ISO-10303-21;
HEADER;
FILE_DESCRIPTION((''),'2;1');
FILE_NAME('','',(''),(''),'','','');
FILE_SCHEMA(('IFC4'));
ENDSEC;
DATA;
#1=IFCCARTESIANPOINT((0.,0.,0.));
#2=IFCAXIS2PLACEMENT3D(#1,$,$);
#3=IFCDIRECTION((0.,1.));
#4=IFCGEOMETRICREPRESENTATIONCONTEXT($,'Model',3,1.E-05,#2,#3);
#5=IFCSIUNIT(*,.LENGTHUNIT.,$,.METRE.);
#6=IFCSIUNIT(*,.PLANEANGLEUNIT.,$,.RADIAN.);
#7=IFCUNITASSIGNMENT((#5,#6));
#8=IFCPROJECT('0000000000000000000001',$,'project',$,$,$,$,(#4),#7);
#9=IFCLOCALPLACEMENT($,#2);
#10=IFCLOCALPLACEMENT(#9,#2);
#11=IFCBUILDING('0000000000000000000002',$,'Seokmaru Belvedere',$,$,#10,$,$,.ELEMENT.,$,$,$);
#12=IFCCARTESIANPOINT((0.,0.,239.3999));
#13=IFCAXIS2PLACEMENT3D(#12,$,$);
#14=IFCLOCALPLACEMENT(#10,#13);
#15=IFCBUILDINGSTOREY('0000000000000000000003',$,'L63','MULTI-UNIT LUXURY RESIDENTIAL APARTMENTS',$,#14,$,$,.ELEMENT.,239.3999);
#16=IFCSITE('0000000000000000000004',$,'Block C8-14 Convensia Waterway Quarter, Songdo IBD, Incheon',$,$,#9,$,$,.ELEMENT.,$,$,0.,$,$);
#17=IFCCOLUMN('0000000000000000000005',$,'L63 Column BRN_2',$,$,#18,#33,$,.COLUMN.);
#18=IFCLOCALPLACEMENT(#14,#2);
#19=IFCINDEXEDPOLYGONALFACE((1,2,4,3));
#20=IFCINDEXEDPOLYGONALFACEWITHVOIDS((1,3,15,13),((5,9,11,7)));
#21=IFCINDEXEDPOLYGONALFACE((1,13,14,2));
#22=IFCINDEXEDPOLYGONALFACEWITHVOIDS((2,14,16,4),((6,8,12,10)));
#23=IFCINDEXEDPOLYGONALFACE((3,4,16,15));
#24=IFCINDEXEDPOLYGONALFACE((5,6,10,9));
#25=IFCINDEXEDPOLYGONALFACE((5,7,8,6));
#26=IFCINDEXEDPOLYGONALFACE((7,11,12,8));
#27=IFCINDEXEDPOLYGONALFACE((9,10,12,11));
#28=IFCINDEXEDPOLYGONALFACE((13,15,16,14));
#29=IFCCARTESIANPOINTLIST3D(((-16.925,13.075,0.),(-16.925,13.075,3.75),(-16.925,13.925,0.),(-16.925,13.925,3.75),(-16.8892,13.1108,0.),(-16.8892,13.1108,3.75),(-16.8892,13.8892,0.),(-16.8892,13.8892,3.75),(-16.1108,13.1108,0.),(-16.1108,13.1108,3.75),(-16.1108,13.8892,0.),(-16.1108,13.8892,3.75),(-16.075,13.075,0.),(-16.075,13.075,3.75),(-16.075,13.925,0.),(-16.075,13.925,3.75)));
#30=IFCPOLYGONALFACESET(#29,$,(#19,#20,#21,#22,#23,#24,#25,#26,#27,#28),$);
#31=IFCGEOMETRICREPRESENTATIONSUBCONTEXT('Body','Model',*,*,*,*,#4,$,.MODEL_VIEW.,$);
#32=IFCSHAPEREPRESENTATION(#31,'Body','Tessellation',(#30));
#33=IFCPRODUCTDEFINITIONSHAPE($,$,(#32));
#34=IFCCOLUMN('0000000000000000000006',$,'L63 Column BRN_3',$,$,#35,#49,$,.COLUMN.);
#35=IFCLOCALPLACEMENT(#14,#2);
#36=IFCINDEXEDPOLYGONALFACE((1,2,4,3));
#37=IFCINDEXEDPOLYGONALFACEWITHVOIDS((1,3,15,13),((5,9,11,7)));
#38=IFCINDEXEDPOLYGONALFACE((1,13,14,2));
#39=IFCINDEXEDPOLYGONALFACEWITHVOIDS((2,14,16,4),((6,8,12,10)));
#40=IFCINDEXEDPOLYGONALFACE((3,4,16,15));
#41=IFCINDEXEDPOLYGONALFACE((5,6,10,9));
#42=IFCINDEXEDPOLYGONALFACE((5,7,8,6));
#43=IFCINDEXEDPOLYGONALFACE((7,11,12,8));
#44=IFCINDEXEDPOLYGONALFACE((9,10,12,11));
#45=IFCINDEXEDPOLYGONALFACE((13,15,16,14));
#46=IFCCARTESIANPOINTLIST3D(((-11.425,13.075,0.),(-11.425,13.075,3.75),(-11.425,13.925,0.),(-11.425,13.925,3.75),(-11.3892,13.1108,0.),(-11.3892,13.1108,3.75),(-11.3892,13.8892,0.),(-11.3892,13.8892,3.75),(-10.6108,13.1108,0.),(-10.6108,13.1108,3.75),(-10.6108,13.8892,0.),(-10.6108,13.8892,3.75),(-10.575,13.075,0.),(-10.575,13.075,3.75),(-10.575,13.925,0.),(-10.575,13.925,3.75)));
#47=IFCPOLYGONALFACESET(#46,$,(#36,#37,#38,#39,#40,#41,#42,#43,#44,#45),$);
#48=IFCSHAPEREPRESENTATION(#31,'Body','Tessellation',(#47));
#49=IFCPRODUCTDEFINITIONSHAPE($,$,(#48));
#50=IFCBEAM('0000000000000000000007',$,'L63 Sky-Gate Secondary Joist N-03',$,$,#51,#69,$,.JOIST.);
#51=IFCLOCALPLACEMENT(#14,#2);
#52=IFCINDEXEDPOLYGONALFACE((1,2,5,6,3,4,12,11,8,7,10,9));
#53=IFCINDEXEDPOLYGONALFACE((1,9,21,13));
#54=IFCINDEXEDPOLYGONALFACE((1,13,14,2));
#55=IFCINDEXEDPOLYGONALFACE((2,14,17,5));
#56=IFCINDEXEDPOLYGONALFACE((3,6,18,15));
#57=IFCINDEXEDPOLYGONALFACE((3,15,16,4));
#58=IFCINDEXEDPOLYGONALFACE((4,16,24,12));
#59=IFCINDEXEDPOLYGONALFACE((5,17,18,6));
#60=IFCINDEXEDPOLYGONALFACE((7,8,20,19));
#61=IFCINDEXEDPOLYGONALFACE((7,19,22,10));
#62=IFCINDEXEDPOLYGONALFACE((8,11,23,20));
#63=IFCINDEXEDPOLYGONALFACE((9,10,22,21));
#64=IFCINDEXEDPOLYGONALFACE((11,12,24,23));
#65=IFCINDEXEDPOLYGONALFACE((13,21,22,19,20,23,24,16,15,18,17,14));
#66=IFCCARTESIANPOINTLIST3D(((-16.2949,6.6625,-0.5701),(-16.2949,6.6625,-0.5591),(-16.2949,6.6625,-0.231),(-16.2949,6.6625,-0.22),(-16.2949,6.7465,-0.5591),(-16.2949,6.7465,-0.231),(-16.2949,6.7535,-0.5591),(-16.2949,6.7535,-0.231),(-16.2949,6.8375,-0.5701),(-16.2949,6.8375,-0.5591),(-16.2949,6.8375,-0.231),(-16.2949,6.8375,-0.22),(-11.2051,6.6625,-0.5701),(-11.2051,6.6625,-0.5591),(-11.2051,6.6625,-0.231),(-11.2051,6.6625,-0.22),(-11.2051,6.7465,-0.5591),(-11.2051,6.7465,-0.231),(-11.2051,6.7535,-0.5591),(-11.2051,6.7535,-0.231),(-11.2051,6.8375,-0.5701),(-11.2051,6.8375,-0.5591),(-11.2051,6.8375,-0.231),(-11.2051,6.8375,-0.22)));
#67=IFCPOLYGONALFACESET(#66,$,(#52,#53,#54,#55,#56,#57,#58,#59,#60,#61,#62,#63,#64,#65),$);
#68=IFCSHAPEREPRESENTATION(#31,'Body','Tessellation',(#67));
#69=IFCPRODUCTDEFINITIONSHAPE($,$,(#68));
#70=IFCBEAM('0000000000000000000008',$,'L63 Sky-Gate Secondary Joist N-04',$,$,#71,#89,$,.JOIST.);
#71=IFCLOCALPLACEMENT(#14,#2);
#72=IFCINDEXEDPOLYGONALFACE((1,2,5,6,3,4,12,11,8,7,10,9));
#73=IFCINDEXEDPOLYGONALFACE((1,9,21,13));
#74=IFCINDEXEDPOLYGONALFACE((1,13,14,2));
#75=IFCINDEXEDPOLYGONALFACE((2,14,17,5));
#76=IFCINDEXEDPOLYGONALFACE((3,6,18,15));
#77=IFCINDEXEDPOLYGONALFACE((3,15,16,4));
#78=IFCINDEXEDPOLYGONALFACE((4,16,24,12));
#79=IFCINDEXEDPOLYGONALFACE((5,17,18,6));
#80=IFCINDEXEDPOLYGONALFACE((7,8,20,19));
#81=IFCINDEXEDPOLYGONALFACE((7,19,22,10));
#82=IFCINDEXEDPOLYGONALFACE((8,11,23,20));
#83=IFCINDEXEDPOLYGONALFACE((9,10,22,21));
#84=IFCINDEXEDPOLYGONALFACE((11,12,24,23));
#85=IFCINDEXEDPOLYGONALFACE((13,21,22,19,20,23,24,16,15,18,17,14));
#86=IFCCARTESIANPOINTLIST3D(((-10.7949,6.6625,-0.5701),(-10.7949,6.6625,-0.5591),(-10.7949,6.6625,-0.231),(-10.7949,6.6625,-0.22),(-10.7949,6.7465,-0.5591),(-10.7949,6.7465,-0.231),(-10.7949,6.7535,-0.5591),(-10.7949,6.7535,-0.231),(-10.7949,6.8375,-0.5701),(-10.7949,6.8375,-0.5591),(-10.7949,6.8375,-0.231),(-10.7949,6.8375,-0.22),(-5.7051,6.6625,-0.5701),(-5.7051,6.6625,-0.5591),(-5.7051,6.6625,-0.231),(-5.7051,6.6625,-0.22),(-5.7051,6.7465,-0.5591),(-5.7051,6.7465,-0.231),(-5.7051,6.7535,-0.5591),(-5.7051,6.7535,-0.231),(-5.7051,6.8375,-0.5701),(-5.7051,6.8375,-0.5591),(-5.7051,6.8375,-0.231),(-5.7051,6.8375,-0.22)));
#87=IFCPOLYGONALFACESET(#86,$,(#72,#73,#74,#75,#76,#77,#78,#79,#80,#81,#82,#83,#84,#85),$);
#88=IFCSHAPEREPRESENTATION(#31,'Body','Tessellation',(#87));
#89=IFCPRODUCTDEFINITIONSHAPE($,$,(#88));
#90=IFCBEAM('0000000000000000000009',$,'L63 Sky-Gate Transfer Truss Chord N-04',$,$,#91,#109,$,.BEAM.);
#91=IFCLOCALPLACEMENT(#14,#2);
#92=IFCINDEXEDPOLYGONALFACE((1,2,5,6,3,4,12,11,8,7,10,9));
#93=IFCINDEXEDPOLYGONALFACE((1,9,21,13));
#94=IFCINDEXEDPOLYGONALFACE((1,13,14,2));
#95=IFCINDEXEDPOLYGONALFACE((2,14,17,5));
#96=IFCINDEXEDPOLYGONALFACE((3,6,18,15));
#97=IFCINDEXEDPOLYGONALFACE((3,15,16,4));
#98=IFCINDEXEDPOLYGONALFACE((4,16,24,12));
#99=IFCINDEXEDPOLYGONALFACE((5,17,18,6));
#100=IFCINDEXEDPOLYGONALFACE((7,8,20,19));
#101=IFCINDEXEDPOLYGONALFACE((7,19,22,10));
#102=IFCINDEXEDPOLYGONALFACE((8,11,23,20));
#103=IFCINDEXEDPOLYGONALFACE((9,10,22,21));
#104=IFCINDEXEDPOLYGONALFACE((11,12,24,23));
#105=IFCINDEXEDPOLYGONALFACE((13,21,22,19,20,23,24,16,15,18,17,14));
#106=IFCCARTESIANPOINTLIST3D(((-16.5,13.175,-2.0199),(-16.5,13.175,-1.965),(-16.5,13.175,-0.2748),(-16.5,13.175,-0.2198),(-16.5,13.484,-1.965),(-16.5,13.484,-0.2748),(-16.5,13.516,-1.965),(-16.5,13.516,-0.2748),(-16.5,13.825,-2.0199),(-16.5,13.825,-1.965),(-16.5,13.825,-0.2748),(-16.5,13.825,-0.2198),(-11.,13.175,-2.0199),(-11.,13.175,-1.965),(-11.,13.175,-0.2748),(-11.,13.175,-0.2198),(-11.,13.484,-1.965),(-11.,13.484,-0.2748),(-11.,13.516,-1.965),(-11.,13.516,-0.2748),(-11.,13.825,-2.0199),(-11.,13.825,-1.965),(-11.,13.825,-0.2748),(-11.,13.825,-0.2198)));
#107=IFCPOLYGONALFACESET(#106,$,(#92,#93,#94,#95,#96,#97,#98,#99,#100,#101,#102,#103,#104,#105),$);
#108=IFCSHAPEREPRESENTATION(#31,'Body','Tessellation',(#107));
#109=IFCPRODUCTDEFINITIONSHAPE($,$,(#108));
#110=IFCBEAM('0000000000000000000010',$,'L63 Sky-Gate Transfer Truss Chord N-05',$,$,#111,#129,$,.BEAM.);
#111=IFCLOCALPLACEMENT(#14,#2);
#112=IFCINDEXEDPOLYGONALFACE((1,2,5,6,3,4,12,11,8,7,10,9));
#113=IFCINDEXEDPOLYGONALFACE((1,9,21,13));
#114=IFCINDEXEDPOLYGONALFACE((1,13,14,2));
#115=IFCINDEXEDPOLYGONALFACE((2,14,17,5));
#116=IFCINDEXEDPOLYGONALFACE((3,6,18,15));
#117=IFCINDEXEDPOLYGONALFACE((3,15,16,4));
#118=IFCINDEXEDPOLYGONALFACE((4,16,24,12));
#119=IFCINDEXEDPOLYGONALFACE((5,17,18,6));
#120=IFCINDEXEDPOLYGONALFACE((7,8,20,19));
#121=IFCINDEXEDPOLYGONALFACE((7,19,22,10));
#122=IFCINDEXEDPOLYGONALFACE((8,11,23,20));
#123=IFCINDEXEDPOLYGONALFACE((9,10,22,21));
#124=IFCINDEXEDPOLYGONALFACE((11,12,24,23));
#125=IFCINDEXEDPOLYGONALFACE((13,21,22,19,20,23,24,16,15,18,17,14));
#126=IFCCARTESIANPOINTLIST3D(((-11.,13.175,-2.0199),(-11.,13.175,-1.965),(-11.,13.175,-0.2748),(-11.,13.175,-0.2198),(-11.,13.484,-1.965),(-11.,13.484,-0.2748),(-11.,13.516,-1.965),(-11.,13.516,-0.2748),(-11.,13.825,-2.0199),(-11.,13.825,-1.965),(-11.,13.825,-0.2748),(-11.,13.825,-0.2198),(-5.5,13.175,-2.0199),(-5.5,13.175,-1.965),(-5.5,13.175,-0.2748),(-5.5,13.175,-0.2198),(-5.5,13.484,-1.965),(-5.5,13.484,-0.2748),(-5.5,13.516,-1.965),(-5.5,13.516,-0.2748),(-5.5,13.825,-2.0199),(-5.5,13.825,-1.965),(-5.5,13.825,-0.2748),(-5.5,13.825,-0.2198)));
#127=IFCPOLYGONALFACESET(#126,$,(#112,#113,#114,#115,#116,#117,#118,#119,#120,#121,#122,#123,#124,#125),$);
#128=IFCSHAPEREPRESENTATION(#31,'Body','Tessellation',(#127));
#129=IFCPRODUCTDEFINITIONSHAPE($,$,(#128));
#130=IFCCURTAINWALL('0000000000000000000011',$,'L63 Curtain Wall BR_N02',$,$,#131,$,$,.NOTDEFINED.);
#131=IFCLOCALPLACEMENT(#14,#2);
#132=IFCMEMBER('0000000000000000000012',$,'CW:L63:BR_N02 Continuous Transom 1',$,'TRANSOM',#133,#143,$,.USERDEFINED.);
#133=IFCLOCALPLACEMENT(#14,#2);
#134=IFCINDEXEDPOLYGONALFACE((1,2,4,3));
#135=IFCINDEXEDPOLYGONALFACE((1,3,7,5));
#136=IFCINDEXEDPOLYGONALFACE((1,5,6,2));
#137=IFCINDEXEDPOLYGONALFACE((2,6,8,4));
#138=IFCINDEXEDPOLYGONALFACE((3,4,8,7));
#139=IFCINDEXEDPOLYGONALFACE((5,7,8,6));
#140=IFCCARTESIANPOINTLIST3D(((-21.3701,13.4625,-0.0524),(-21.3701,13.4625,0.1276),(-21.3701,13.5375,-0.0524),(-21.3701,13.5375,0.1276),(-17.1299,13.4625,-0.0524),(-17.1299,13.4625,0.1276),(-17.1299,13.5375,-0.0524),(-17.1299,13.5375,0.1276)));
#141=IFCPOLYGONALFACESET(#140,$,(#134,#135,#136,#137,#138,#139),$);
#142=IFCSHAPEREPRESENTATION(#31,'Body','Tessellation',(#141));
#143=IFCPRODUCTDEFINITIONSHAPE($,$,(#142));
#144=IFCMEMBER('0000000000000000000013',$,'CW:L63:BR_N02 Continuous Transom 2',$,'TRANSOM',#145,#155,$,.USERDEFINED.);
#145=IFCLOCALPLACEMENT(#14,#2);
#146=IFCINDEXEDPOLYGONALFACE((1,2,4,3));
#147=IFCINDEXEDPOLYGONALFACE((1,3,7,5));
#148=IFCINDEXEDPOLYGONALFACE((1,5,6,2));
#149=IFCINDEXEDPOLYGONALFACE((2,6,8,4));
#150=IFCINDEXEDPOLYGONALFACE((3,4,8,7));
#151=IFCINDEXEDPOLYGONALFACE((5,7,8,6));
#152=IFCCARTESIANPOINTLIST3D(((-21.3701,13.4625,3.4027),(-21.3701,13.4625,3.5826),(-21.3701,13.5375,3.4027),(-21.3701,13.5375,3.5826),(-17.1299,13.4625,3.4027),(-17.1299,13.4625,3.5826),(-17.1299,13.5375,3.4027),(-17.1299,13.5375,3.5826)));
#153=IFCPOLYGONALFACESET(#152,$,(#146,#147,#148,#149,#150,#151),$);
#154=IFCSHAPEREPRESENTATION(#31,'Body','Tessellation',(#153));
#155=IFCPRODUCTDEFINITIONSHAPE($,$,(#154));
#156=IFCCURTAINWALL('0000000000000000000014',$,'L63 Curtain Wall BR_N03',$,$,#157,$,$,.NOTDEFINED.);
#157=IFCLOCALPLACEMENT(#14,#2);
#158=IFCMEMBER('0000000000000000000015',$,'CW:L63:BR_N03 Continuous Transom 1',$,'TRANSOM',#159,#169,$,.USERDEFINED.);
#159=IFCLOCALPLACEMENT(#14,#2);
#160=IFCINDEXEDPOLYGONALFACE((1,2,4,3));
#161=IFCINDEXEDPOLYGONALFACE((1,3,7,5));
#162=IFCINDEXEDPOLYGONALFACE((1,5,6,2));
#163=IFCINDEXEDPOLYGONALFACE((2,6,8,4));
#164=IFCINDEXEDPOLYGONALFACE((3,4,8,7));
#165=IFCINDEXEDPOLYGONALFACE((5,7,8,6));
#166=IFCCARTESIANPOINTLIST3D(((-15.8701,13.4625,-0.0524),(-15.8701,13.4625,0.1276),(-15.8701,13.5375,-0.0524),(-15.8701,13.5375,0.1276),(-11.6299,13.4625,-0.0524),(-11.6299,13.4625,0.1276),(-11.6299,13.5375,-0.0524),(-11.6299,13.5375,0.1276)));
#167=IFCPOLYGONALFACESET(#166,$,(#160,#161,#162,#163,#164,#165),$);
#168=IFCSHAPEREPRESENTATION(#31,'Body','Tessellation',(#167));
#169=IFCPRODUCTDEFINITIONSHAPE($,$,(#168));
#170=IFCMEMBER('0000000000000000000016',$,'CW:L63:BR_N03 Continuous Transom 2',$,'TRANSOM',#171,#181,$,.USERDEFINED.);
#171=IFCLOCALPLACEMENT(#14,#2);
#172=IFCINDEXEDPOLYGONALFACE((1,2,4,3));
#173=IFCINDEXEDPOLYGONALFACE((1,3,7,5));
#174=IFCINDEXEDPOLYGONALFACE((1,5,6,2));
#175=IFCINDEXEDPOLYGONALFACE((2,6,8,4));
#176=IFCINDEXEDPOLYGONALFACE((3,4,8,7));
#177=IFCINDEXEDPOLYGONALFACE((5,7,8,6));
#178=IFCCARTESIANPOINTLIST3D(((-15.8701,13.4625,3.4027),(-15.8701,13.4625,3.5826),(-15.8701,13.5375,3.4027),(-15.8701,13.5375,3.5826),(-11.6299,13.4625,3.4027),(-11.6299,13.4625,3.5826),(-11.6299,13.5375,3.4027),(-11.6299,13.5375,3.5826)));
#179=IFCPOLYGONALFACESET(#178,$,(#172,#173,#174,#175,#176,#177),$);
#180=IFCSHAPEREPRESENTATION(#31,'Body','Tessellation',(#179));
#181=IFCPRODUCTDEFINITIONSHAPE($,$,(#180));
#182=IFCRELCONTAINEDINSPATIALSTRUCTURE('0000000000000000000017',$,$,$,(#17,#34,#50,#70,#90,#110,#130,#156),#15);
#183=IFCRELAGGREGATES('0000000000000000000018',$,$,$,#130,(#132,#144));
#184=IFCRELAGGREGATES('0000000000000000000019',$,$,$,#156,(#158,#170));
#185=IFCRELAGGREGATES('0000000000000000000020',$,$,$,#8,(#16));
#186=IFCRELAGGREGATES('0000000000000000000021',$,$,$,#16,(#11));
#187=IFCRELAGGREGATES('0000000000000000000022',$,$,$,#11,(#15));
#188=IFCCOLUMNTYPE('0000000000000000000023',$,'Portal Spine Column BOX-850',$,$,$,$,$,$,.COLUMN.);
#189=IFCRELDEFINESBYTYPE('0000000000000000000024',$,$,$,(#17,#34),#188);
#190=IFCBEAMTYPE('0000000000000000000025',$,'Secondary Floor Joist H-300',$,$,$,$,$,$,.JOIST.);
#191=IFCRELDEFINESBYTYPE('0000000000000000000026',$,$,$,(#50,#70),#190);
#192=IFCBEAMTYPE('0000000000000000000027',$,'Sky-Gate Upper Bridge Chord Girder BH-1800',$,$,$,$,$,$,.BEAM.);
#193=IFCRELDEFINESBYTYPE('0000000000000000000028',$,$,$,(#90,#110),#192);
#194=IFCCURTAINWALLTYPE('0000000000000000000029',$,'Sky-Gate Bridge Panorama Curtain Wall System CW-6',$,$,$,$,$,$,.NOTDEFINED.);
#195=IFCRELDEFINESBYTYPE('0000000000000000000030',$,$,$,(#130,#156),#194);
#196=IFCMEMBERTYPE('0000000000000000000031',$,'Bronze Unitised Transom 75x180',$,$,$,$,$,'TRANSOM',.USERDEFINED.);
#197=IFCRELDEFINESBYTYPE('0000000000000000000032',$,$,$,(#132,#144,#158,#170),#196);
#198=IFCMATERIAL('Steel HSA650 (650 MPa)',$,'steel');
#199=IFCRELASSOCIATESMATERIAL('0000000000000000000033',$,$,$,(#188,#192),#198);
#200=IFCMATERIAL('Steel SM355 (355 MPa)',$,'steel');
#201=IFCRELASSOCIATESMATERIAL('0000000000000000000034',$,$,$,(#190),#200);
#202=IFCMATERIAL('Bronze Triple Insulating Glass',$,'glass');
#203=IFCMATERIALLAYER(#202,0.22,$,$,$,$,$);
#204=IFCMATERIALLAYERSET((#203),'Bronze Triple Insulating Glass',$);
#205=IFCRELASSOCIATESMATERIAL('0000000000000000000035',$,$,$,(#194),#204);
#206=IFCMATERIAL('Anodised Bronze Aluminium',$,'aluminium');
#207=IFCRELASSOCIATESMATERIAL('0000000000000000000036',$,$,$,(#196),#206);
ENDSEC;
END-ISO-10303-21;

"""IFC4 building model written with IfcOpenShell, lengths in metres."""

from ifc_helpers import new_model, si_unit, direction, frame, origin, origin_2d, place, context, subcontext, project, spatial, rectangle, hollow_rectangle, i_section, extrude, source, transform, mapped, material, layer, layer_set, material_profile, profile_set, type_object, type_shapes, element, aggregate, save


model = new_model("IFC4")

# Units and contexts
model_context = context("Model", 3, precision=1e-05, world=origin(), true_north=direction((0.0, 1.0)))
body_context = subcontext(model_context, "Body", "Model", "MODEL_VIEW")
ifc_project = project(units=[si_unit("LENGTHUNIT", "METRE"), si_unit("PLANEANGLEUNIT", "RADIAN")], contexts=[model_context])

# Site, building, storey
site_placement = place(None, origin())
site = spatial("IfcSite", under=ifc_project, at=site_placement, Name="Block C8-14 Convensia Waterway Quarter, Songdo IBD, Incheon", CompositionType="ELEMENT", RefElevation=0.0)
building_placement = place(site_placement, origin())
building = spatial("IfcBuilding", under=site, at=building_placement, Name="Seokmaru Belvedere", CompositionType="ELEMENT")
storey_placement = place(building_placement, frame((0.0, 0.0, 239.3999)))
storey = spatial("IfcBuildingStorey", under=building, at=storey_placement, Name="L63", Description="MULTI-UNIT LUXURY RESIDENTIAL APARTMENTS", CompositionType="ELEMENT", Elevation=239.3999)

# Columns
ifc_material_1 = material(Name="Steel HSA650 (650 MPa)", Category="steel")
ifc_material_profile_1 = material_profile(ifc_material_1, hollow_rectangle(XDim=0.8501, YDim=0.8501, WallThickness=0.0359, at=origin_2d()), Name="BOX-850x850x36")
ifc_profile_set_1 = profile_set([ifc_material_profile_1], Name="Steel HSA650 (650 MPa)")
column_type = type_object("IfcColumnType", Name="Portal Spine Column BOX-850", PredefinedType="COLUMN", material=ifc_profile_set_1)
shared_shape_1 = source(origin(), body_context, "Body", "SweptSolid", [
    extrude(hollow_rectangle(XDim=0.8501, YDim=0.8501, WallThickness=0.0359, at=origin_2d()), origin(), (0.0, 0.0, 1.0), 3.75),
])
type_shapes(column_type, [shared_shape_1])
for number, where, z_axis, x_axis, name in (
    (1, (-16.5, 13.5, 0.0), (0.0, 0.0, 1.0), (1.0, 0.0, 0.0), "L63 Column BRN_2"),
    (2, (-11.0, 13.5, 0.0), (0.0, 0.0, 1.0), (1.0, 0.0, 0.0), "L63 Column BRN_3"),
):
    element("IfcColumn", number, at=place(storey_placement, frame(where, z_axis=z_axis, x_axis=x_axis)), inside=storey, type_object=column_type, Name=name, PredefinedType="COLUMN", context=body_context, shape_type="MappedRepresentation", body=[
        mapped(shared_shape_1, transform((0.0, 0.0, 0.0), scale=1.0)),
    ])

# Beams
ifc_material_2 = material(Name="Steel SM355 (355 MPa)", Category="steel")
ifc_material_profile_2 = material_profile(ifc_material_2, i_section(OverallWidth=0.175, OverallDepth=0.3501, WebThickness=0.0071, FlangeThickness=0.011, at=origin_2d()), Name="H-350x175x7x11")
ifc_profile_set_2 = profile_set([ifc_material_profile_2], Name="Steel SM355 (355 MPa)")
beam_type_1 = type_object("IfcBeamType", Name="Secondary Floor Joist H-300", PredefinedType="JOIST", material=ifc_profile_set_2)
shared_shape_2 = source(origin(), body_context, "Body", "SweptSolid", [
    extrude(i_section(OverallWidth=0.175, OverallDepth=0.3501, WebThickness=0.0071, FlangeThickness=0.011, at=origin_2d()), origin(), (0.0, 0.0, 1.0), 5.0898),
])
type_shapes(beam_type_1, [shared_shape_2])
for number, where, z_axis, x_axis, name in (
    (3, (-16.2949, 6.75, -0.395), (1.0, 0.0, 0.0), (0.0, 1.0, 0.0), "L63 Sky-Gate Secondary Joist N-03"),
    (4, (-10.7949, 6.75, -0.395), (1.0, 0.0, 0.0), (0.0, 1.0, 0.0), "L63 Sky-Gate Secondary Joist N-04"),
):
    element("IfcBeam", number, at=place(storey_placement, frame(where, z_axis=z_axis, x_axis=x_axis)), inside=storey, type_object=beam_type_1, Name=name, PredefinedType="JOIST", context=body_context, shape_type="MappedRepresentation", body=[
        mapped(shared_shape_2, transform((0.0, 0.0, 0.0), scale=1.0)),
    ])
ifc_material_profile_3 = material_profile(ifc_material_1, i_section(OverallWidth=0.6499, OverallDepth=1.8, WebThickness=0.032, FlangeThickness=0.0549, at=origin_2d()), Name="BH-1800x650x32x55")
ifc_profile_set_3 = profile_set([ifc_material_profile_3], Name="Steel HSA650 (650 MPa)")
beam_type_2 = type_object("IfcBeamType", Name="Sky-Gate Upper Bridge Chord Girder BH-1800", PredefinedType="BEAM", material=ifc_profile_set_3)
shared_shape_3 = source(origin(), body_context, "Body", "SweptSolid", [
    extrude(i_section(OverallWidth=0.6499, OverallDepth=1.8, WebThickness=0.032, FlangeThickness=0.0549, at=origin_2d()), origin(), (0.0, 0.0, 1.0), 5.5),
])
type_shapes(beam_type_2, [shared_shape_3])
for number, where, z_axis, x_axis, name in (
    (5, (-16.5, 13.5, -1.1199), (1.0, 0.0, 0.0), (0.0, 1.0, 0.0), "L63 Sky-Gate Transfer Truss Chord N-04"),
    (6, (-11.0, 13.5, -1.1199), (1.0, 0.0, 0.0), (0.0, 1.0, 0.0), "L63 Sky-Gate Transfer Truss Chord N-05"),
):
    element("IfcBeam", number, at=place(storey_placement, frame(where, z_axis=z_axis, x_axis=x_axis)), inside=storey, type_object=beam_type_2, Name=name, PredefinedType="BEAM", context=body_context, shape_type="MappedRepresentation", body=[
        mapped(shared_shape_3, transform((0.0, 0.0, 0.0), scale=1.0)),
    ])

# Curtain walls, members
ifc_material_3 = material(Name="Bronze Triple Insulating Glass", Category="glass")
ifc_layer_1 = layer(ifc_material_3, 0.22)
ifc_layer_set_1 = layer_set([ifc_layer_1], Name="Bronze Triple Insulating Glass")
curtain_wall_type = type_object("IfcCurtainWallType", Name="Sky-Gate Bridge Panorama Curtain Wall System CW-6", PredefinedType="NOTDEFINED", material=ifc_layer_set_1)
curtain_wall_1_placement = place(storey_placement, origin())
curtain_wall_1 = element("IfcCurtainWall", 7, at=curtain_wall_1_placement, inside=storey, type_object=curtain_wall_type, Name="L63 Curtain Wall BR_N02", PredefinedType="NOTDEFINED")
ifc_material_4 = material(Name="Anodised Bronze Aluminium", Category="aluminium")
ifc_material_profile_4 = material_profile(ifc_material_4, rectangle(XDim=0.075, YDim=0.1799, at=origin_2d()), Name="CW-T-75x180")
ifc_profile_set_4 = profile_set([ifc_material_profile_4], Name="Anodised Bronze Aluminium")
member_type_1 = type_object("IfcMemberType", Name="Bronze Unitised Transom 75x180", ElementType="TRANSOM", PredefinedType="USERDEFINED", material=ifc_profile_set_4)
shared_shape_4 = source(origin(), body_context, "Body", "SweptSolid", [
    extrude(rectangle(XDim=0.075, YDim=0.1799, at=origin_2d()), origin(), (0.0, 0.0, 1.0), 4.2402),
])
type_shapes(member_type_1, [shared_shape_4])
member_1_placement = place(storey_placement, frame((-17.1299, 13.5, 0.0376), z_axis=(-1.0, 0.0, 0.0), x_axis=(0.0, -1.0, 0.0)))
member_1 = element("IfcMember", 8, at=member_1_placement, type_object=member_type_1, Name="CW:L63:BR_N02 Continuous Transom 1", ObjectType="TRANSOM", PredefinedType="USERDEFINED", context=body_context, shape_type="MappedRepresentation", body=[
    mapped(shared_shape_4, transform((0.0, 0.0, 0.0), scale=1.0)),
])
member_2_placement = place(storey_placement, frame((-17.1299, 13.5, 3.4927), z_axis=(-1.0, 0.0, 0.0), x_axis=(0.0, -1.0, 0.0)))
member_2 = element("IfcMember", 9, at=member_2_placement, type_object=member_type_1, Name="CW:L63:BR_N02 Continuous Transom 2", ObjectType="TRANSOM", PredefinedType="USERDEFINED", context=body_context, shape_type="MappedRepresentation", body=[
    mapped(shared_shape_4, transform((0.0, 0.0, 0.0), scale=1.0)),
])
curtain_wall_2_placement = place(storey_placement, origin())
curtain_wall_2 = element("IfcCurtainWall", 10, at=curtain_wall_2_placement, inside=storey, type_object=curtain_wall_type, Name="L63 Curtain Wall BR_N03", PredefinedType="NOTDEFINED")
member_3_placement = place(storey_placement, frame((-11.6299, 13.5, 0.0376), z_axis=(-1.0, 0.0, 0.0), x_axis=(0.0, -1.0, 0.0)))
member_3 = element("IfcMember", 11, at=member_3_placement, type_object=member_type_1, Name="CW:L63:BR_N03 Continuous Transom 1", ObjectType="TRANSOM", PredefinedType="USERDEFINED", context=body_context, shape_type="MappedRepresentation", body=[
    mapped(shared_shape_4, transform((0.0, 0.0, 0.0), scale=1.0)),
])
member_4_placement = place(storey_placement, frame((-11.6299, 13.5, 3.4927), z_axis=(-1.0, 0.0, 0.0), x_axis=(0.0, -1.0, 0.0)))
member_4 = element("IfcMember", 12, at=member_4_placement, type_object=member_type_1, Name="CW:L63:BR_N03 Continuous Transom 2", ObjectType="TRANSOM", PredefinedType="USERDEFINED", context=body_context, shape_type="MappedRepresentation", body=[
    mapped(shared_shape_4, transform((0.0, 0.0, 0.0), scale=1.0)),
])

aggregate(curtain_wall_1, [member_1, member_2])
aggregate(curtain_wall_2, [member_3, member_4])

save(model, "model.ifc")
